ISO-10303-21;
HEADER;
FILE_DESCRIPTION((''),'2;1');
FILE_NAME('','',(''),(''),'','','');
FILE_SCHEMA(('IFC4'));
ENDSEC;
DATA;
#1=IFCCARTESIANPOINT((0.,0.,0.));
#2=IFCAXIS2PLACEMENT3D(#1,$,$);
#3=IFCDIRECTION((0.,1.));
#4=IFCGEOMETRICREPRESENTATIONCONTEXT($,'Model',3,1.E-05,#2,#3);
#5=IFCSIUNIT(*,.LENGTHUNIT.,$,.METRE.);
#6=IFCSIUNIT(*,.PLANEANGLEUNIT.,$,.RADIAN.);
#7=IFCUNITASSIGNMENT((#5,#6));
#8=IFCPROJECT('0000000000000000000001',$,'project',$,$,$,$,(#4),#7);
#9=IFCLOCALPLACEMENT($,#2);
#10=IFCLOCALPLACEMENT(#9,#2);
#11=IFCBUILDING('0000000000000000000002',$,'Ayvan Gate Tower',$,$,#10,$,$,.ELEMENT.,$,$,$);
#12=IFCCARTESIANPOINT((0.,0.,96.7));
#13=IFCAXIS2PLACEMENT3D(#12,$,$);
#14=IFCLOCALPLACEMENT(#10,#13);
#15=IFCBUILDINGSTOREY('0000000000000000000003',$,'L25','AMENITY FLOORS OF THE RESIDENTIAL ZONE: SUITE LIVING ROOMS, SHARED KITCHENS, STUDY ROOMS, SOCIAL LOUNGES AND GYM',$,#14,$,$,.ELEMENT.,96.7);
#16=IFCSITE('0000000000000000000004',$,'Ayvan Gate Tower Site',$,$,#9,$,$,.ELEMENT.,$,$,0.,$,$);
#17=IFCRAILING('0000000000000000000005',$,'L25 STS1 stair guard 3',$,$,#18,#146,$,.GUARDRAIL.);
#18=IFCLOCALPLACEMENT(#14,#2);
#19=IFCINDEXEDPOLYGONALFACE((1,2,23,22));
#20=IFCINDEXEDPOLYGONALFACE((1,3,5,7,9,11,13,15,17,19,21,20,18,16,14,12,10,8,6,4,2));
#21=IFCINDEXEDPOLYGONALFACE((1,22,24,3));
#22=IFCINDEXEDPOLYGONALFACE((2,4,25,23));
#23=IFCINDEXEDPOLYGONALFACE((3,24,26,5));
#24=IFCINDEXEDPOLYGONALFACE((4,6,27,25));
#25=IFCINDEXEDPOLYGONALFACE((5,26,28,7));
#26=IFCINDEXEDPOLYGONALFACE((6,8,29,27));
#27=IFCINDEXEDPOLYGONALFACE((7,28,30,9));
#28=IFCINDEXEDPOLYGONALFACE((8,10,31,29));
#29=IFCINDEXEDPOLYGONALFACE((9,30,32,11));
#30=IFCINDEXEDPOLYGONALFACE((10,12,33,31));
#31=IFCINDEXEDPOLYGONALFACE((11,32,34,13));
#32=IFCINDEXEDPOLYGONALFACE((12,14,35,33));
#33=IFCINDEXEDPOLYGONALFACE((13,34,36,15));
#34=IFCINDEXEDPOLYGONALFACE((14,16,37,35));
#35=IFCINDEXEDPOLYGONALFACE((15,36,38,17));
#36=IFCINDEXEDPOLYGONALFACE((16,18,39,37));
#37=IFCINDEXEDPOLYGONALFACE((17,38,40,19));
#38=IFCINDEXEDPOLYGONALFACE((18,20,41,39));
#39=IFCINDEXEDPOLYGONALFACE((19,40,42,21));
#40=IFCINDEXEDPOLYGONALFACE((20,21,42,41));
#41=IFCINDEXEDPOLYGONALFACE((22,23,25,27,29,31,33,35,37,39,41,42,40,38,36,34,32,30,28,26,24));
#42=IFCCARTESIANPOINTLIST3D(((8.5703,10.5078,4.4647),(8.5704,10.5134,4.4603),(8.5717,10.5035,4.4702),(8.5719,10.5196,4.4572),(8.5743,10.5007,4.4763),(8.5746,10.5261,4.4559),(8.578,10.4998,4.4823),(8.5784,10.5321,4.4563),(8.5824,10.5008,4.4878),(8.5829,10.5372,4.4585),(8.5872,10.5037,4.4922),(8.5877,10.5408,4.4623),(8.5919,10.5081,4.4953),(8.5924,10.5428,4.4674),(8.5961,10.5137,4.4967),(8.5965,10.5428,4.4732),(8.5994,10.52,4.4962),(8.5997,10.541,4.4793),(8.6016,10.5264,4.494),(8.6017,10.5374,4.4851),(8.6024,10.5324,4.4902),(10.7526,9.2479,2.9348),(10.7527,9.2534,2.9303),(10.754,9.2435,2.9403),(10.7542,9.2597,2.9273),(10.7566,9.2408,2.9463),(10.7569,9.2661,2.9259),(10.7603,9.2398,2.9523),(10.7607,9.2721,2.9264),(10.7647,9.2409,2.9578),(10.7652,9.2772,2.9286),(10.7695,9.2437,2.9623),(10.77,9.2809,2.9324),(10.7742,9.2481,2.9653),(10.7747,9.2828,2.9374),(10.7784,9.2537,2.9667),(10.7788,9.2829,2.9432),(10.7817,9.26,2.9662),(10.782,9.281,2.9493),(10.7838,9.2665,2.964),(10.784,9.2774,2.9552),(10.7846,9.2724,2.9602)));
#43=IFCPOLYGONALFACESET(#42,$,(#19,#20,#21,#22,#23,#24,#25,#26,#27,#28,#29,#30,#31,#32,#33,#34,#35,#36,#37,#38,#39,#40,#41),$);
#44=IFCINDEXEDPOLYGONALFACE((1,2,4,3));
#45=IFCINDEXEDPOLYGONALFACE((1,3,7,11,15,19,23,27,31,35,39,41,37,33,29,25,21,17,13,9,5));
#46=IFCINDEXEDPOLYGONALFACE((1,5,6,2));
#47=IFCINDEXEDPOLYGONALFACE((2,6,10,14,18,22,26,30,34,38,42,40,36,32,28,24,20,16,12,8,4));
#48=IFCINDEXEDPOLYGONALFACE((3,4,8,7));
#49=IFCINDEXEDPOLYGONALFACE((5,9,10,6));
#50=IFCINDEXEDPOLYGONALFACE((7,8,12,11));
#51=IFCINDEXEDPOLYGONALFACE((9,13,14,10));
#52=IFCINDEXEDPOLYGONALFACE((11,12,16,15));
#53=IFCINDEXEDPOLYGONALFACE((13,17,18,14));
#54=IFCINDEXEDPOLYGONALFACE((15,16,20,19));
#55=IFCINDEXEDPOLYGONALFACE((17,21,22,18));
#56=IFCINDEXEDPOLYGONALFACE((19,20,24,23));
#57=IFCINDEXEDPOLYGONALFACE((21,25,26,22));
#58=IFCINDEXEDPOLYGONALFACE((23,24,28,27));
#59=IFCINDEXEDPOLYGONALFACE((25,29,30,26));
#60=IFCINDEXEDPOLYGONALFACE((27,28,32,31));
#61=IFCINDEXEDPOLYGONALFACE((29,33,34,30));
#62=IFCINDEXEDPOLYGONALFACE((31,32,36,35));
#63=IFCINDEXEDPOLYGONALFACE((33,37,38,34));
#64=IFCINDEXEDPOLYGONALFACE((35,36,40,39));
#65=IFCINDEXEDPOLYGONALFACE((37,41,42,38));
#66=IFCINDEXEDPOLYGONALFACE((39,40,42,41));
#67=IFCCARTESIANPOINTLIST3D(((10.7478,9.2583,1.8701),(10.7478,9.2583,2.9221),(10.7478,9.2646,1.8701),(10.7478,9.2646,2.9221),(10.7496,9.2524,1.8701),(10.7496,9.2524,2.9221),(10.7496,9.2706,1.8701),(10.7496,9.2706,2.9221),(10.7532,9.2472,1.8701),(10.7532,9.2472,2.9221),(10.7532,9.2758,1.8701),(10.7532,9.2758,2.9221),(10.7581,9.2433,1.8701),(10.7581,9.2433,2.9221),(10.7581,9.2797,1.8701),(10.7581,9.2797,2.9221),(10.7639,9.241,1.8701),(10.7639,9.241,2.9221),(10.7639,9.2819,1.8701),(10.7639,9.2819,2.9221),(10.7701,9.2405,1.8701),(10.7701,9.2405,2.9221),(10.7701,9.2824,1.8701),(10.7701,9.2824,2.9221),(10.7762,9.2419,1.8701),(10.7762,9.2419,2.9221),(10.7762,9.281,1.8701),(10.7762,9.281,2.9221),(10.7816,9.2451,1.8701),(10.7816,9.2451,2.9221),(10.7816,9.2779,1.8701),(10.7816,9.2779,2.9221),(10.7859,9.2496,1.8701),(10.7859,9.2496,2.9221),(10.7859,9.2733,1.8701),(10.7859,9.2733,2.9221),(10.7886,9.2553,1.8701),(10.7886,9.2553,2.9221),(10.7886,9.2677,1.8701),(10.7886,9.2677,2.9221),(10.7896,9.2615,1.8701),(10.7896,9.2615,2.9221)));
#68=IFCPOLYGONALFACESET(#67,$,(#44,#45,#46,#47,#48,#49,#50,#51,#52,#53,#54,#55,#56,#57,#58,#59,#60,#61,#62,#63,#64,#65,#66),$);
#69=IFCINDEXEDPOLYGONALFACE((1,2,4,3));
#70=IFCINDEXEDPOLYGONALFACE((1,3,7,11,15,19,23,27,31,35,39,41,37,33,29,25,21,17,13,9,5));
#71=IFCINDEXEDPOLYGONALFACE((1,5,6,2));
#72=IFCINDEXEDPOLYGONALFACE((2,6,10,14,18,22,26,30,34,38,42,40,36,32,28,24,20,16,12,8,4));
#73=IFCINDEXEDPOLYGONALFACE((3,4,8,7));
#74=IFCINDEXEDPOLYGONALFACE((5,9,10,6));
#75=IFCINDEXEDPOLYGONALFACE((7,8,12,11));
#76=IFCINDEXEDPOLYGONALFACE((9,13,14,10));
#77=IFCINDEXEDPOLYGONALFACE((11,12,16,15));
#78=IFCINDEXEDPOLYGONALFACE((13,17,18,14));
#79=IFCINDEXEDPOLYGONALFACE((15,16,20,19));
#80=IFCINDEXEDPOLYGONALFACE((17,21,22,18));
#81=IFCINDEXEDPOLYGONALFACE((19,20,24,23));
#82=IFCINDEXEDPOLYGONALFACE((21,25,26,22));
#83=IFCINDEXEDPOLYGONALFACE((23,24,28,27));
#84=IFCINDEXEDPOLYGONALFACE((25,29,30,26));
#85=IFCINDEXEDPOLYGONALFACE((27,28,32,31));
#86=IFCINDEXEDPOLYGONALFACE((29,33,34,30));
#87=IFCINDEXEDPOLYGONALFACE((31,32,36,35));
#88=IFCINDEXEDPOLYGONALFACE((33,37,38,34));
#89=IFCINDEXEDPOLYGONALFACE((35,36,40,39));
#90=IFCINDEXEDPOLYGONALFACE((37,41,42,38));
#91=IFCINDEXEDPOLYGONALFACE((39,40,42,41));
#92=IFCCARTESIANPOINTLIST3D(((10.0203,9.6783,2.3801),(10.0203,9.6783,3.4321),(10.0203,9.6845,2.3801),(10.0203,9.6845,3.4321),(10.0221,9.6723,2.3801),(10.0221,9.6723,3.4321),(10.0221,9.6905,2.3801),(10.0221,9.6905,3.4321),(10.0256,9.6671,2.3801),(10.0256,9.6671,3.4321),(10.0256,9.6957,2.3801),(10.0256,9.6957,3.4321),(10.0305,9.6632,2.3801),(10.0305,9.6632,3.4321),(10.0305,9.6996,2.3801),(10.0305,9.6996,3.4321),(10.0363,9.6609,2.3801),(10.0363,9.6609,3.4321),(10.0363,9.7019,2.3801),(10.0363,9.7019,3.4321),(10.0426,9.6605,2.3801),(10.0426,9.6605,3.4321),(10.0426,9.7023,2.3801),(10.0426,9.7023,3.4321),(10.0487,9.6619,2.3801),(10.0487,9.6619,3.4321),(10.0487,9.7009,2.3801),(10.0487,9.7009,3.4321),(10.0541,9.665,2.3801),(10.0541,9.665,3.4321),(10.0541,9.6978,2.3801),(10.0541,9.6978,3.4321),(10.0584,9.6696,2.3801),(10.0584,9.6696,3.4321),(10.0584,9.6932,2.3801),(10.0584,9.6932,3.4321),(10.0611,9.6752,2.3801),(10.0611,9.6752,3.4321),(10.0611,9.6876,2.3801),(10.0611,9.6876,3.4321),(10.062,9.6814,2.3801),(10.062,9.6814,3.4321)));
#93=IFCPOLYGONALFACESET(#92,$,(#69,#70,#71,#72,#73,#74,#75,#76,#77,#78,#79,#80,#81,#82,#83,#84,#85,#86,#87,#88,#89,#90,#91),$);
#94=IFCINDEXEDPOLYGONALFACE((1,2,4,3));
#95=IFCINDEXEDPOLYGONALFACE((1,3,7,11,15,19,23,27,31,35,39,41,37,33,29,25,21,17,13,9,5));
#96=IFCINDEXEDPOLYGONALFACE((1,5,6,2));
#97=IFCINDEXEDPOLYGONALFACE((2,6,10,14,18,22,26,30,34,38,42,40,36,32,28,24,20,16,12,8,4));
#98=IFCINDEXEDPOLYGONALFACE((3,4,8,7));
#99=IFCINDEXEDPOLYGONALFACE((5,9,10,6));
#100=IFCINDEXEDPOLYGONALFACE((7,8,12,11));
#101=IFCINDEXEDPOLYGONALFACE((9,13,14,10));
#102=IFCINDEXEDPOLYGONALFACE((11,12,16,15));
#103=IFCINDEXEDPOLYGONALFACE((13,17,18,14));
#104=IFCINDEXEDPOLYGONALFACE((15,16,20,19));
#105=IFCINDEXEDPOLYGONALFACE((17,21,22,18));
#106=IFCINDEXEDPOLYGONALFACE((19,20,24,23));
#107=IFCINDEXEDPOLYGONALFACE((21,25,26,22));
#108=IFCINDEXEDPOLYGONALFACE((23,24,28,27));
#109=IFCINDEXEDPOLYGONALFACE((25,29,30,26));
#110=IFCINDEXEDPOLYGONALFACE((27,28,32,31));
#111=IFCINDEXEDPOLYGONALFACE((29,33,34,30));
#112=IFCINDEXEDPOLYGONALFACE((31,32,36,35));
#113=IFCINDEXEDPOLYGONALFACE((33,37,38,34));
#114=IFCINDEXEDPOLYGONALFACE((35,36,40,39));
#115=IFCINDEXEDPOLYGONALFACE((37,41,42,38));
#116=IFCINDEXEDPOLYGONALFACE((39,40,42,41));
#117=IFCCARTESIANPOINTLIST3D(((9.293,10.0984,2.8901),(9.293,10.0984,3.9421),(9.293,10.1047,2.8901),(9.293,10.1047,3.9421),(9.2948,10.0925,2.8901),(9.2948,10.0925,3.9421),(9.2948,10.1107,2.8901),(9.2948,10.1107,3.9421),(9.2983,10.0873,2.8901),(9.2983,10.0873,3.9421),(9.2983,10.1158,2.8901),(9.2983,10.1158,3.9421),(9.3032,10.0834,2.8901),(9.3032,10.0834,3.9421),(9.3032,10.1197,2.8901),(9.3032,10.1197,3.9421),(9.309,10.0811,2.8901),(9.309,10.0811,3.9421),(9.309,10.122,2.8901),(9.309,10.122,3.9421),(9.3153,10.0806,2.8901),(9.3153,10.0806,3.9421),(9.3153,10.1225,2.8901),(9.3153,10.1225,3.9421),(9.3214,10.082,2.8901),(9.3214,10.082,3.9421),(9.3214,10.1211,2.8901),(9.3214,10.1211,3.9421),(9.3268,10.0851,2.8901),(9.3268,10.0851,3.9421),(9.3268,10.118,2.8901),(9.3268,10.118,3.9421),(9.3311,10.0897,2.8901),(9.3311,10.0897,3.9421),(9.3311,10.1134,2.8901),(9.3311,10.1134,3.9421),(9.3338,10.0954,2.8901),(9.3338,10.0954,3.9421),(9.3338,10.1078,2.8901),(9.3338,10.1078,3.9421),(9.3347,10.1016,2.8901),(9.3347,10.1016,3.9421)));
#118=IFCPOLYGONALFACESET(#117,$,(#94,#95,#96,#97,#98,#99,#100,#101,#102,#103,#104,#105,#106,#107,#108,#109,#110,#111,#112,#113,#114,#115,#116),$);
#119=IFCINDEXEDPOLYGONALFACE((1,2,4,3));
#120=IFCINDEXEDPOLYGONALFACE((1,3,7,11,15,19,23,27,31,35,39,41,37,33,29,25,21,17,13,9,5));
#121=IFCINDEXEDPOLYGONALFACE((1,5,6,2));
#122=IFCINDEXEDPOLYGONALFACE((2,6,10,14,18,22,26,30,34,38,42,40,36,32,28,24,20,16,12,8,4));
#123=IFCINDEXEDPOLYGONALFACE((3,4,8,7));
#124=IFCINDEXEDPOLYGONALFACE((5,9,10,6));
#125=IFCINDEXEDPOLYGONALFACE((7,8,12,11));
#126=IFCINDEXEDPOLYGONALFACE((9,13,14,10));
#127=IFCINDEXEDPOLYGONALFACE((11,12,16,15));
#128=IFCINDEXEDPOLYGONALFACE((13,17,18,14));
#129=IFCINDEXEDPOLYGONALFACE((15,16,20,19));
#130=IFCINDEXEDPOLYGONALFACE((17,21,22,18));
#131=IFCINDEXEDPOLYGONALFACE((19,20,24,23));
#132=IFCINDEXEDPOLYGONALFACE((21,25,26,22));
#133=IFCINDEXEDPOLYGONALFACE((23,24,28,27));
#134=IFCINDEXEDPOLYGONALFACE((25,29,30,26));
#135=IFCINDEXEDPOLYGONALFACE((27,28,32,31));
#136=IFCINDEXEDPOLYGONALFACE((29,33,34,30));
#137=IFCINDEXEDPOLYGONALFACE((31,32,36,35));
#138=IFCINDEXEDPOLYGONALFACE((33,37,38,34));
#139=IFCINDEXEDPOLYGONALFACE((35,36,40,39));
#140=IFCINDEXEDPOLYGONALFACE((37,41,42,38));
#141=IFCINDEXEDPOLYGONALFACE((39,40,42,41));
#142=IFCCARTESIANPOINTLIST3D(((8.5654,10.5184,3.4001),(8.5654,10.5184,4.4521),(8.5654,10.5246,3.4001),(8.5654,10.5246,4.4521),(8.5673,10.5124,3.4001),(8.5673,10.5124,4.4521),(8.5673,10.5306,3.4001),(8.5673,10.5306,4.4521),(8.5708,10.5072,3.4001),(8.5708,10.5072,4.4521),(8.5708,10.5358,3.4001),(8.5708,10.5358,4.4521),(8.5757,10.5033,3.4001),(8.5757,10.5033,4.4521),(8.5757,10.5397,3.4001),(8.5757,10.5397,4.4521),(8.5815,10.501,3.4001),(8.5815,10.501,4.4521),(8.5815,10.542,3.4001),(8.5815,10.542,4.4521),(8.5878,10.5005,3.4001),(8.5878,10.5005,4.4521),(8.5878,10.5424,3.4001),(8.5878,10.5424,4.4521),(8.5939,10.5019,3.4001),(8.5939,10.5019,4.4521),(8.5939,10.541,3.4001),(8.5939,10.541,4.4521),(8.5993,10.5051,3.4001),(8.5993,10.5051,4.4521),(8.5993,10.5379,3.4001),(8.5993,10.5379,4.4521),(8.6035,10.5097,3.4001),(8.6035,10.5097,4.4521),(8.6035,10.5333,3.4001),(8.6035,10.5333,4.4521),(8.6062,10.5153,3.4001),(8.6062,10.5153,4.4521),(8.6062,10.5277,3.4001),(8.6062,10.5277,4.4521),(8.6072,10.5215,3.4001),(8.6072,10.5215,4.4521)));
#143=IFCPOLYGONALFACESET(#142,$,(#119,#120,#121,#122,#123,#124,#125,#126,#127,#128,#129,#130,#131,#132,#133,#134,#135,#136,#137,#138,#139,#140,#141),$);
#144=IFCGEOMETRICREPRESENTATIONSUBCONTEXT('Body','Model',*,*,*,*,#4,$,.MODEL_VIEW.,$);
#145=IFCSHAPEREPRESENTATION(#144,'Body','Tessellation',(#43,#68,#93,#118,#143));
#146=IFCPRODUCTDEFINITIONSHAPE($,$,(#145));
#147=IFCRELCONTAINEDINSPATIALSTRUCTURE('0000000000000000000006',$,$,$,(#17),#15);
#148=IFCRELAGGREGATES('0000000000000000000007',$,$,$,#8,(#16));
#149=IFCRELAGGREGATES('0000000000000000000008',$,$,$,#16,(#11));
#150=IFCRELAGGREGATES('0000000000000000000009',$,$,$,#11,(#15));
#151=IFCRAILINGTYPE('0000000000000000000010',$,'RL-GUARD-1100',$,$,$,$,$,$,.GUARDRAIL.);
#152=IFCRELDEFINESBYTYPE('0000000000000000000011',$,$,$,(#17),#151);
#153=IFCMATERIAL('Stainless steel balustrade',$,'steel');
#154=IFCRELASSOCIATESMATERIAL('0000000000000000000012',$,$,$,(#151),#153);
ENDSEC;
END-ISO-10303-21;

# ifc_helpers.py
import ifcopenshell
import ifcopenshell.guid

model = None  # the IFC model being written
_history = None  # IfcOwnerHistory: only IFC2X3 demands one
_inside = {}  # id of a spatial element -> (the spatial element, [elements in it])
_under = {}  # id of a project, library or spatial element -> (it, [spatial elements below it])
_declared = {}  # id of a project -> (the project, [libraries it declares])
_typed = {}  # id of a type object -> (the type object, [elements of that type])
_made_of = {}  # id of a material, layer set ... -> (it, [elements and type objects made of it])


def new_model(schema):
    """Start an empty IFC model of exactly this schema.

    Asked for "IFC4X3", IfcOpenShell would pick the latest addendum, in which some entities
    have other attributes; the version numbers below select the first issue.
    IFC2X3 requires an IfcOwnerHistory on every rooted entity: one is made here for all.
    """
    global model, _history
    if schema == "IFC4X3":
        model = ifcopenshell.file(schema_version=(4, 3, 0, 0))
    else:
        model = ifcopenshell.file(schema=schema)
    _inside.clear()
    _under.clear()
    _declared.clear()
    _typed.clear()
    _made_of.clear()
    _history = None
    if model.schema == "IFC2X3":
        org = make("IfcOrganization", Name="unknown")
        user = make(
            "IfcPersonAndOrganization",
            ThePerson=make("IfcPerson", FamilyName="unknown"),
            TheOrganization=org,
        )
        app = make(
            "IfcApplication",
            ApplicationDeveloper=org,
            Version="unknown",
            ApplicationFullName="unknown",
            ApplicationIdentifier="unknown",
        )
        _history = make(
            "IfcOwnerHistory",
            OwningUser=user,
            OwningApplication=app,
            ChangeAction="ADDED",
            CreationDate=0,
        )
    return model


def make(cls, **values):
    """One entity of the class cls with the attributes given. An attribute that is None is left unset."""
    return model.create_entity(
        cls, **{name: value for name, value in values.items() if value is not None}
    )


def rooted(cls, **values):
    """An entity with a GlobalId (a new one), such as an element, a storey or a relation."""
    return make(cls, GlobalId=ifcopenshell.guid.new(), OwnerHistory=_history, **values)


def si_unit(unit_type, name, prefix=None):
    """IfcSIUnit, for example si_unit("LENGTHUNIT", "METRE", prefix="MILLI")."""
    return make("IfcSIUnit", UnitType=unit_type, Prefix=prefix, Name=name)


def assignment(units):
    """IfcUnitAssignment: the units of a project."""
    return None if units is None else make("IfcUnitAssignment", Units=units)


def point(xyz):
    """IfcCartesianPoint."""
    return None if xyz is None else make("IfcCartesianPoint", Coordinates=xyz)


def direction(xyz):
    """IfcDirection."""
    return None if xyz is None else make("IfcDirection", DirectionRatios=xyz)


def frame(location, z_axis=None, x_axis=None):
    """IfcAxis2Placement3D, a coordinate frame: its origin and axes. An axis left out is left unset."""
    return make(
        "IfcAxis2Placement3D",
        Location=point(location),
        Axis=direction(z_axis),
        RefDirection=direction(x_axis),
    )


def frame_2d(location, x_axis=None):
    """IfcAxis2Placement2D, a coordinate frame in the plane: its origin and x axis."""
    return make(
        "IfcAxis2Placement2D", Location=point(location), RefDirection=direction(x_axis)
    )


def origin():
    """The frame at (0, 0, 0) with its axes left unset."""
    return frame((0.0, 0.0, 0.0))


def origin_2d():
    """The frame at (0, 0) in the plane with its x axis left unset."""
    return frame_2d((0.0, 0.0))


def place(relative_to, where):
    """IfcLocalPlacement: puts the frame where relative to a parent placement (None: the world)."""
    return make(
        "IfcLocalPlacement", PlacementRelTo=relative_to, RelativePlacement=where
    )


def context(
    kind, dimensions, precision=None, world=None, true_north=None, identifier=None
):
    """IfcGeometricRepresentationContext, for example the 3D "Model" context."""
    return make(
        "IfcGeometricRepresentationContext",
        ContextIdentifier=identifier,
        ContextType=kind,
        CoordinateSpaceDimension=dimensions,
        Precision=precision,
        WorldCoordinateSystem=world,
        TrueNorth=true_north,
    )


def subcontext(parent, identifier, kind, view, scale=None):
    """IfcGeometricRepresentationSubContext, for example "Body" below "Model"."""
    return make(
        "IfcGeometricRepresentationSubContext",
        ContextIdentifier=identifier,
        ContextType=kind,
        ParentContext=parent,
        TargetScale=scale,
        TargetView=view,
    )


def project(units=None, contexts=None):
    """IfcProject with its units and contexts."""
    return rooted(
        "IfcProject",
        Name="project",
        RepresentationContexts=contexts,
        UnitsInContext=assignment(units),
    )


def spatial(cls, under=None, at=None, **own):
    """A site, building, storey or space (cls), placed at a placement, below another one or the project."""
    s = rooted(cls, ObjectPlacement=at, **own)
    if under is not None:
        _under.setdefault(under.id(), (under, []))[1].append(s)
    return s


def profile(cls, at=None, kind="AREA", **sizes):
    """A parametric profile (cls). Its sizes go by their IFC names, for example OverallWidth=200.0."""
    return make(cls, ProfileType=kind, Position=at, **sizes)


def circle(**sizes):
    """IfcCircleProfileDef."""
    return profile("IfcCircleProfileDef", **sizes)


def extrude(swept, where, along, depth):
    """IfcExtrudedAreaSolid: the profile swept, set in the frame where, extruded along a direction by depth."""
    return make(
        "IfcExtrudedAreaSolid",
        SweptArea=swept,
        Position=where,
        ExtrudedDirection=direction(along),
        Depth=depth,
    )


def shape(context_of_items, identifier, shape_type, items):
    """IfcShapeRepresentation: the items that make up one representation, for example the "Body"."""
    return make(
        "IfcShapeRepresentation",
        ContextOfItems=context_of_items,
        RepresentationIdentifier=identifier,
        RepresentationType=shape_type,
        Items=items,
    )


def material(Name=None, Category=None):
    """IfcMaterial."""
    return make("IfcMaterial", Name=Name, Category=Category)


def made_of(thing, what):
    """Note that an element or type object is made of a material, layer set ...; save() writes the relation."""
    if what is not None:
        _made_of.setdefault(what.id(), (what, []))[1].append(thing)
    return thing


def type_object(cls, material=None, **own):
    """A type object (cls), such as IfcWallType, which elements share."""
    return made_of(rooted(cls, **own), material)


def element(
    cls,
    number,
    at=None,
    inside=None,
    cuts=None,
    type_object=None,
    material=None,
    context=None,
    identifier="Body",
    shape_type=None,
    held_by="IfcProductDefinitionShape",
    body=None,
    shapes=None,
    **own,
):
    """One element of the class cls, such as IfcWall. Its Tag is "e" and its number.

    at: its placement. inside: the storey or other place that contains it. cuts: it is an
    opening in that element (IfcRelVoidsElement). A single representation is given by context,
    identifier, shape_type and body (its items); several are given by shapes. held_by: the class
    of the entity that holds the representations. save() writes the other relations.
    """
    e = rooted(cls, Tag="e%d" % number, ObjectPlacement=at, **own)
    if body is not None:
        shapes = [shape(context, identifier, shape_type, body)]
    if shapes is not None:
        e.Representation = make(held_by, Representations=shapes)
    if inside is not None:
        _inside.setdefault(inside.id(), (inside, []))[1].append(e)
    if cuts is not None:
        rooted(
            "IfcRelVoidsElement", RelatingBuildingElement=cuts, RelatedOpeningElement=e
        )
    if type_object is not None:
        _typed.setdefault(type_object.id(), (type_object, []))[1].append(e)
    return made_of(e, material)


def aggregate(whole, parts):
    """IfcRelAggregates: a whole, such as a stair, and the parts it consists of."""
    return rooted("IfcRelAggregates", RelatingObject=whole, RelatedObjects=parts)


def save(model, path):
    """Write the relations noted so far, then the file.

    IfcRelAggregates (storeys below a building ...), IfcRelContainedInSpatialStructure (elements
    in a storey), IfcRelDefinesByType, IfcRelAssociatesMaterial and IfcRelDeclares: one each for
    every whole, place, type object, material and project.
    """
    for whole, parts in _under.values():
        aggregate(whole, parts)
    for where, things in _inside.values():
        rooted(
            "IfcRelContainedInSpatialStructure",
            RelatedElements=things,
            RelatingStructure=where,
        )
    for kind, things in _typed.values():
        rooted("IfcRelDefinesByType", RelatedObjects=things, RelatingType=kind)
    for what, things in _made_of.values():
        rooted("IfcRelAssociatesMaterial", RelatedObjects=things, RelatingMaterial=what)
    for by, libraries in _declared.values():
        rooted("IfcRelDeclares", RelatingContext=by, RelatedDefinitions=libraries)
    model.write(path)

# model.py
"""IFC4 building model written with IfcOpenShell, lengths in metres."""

from ifc_helpers import new_model, si_unit, direction, frame, origin, origin_2d, place, context, subcontext, project, spatial, circle, extrude, material, type_object, element, save


model = new_model("IFC4")

# Units and contexts
model_context = context("Model", 3, precision=1e-05, world=origin(), true_north=direction((0.0, 1.0)))
body_context = subcontext(model_context, "Body", "Model", "MODEL_VIEW")
ifc_project = project(units=[si_unit("LENGTHUNIT", "METRE"), si_unit("PLANEANGLEUNIT", "RADIAN")], contexts=[model_context])

# Site, building, storey
site_placement = place(None, origin())
site = spatial("IfcSite", under=ifc_project, at=site_placement, Name="Ayvan Gate Tower Site", CompositionType="ELEMENT", RefElevation=0.0)
building_placement = place(site_placement, origin())
building = spatial("IfcBuilding", under=site, at=building_placement, Name="Ayvan Gate Tower", CompositionType="ELEMENT")
storey_placement = place(building_placement, frame((0.0, 0.0, 96.7)))
storey = spatial("IfcBuildingStorey", under=building, at=storey_placement, Name="L25", Description="AMENITY FLOORS OF THE RESIDENTIAL ZONE: SUITE LIVING ROOMS, SHARED KITCHENS, STUDY ROOMS, SOCIAL LOUNGES AND GYM", CompositionType="ELEMENT", Elevation=96.7)

# Railing
ifc_material_1 = material(Name="Stainless steel balustrade", Category="steel")
railing_type_1 = type_object("IfcRailingType", Name="RL-GUARD-1100", PredefinedType="GUARDRAIL", material=ifc_material_1)
railing_1_placement = place(storey_placement, frame((10.7686, 9.2615, 1.8701)))
element("IfcRailing", 1, at=railing_1_placement, inside=storey, type_object=railing_type_1, Name="L25 STS1 stair guard 3", PredefinedType="GUARDRAIL", context=body_context, shape_type="SweptSolid", body=[
    extrude(circle(Radius=0.0239, at=origin_2d()), frame((0.0, 0.0, 1.0762), z_axis=(-0.740261, 0.427395, 0.518986), x_axis=(-0.500005, -0.866023, 0.0)), (0.0, 0.0, 1.0), 2.948),
    extrude(circle(Radius=0.021, at=origin_2d()), origin(), (0.0, 0.0, 1.0), 1.052),
    extrude(circle(Radius=0.021, at=origin_2d()), frame((-0.7275, 0.4199, 0.51)), (0.0, 0.0, 1.0), 1.052),
    extrude(circle(Radius=0.021, at=origin_2d()), frame((-1.4548, 0.8401, 1.02)), (0.0, 0.0, 1.0), 1.052),
    extrude(circle(Radius=0.021, at=origin_2d()), frame((-2.1824, 1.26, 1.53)), (0.0, 0.0, 1.0), 1.052),
])

save(model, "model.ifc")
